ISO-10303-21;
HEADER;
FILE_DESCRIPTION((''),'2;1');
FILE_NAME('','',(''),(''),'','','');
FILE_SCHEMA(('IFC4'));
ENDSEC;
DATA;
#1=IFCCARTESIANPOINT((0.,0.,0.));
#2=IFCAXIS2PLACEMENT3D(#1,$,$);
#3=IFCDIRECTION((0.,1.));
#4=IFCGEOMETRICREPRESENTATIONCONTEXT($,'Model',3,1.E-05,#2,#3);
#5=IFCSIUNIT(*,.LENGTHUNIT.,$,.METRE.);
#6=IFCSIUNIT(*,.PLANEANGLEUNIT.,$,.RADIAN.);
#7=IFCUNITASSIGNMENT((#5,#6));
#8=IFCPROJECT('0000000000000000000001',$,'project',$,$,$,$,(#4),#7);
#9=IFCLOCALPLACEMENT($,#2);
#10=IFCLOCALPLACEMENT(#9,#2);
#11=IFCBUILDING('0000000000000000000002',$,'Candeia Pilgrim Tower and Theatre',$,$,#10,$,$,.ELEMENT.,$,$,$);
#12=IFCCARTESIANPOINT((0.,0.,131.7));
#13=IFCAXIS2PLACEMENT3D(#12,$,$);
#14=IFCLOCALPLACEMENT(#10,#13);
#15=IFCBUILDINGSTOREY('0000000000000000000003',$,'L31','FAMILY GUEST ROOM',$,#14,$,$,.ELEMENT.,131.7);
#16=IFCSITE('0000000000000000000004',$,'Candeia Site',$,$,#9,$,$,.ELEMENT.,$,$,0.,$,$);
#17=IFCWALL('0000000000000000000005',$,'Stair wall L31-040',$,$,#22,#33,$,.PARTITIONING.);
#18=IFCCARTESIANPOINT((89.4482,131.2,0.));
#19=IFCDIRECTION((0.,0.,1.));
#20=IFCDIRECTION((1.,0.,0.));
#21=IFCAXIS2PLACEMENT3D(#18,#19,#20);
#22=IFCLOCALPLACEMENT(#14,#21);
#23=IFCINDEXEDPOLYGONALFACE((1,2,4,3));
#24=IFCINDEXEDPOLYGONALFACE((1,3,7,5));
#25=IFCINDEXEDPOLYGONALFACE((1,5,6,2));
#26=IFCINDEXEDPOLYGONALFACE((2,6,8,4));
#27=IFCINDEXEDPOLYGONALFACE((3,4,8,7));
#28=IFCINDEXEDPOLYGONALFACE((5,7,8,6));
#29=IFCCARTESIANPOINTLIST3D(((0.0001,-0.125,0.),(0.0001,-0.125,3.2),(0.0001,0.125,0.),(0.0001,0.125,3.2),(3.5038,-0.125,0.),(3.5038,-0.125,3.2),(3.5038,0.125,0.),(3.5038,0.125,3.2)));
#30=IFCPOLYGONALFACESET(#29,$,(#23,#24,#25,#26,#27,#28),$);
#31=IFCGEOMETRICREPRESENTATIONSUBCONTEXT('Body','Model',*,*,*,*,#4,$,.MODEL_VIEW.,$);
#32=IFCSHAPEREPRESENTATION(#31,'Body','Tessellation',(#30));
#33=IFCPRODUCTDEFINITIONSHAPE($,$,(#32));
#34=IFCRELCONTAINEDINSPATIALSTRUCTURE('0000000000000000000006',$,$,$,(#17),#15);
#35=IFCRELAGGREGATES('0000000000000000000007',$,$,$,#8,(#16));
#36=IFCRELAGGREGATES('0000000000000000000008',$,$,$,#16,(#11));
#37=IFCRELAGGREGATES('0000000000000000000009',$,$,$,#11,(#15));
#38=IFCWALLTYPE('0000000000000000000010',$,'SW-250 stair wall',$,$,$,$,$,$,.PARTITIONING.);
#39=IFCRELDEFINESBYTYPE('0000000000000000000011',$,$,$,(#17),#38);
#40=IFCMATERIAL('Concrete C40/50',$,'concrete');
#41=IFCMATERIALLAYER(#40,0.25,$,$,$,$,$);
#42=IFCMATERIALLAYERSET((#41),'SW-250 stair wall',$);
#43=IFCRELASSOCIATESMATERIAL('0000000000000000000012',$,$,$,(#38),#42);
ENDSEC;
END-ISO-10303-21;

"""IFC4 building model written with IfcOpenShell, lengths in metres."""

from ifc_helpers import new_model, si_unit, direction, frame, frame_2d, origin, place, context, subcontext, project, spatial, rectangle, extrude, material, layer, layer_set, type_object, element, save


model = new_model("IFC4")

# Units and contexts
model_context = context("Model", 3, precision=1e-05, world=origin(), true_north=direction((0.0, 1.0)))
body_context = subcontext(model_context, "Body", "Model", "MODEL_VIEW")
ifc_project = project(units=[si_unit("LENGTHUNIT", "METRE"), si_unit("PLANEANGLEUNIT", "RADIAN")], contexts=[model_context])

# Site, building, storey
site_placement = place(None, origin())
site = spatial("IfcSite", under=ifc_project, at=site_placement, Name="Candeia Site", CompositionType="ELEMENT", RefElevation=0.0)
building_placement = place(site_placement, origin())
building = spatial("IfcBuilding", under=site, at=building_placement, Name="Candeia Pilgrim Tower and Theatre", CompositionType="ELEMENT")
storey_placement = place(building_placement, frame((0.0, 0.0, 131.7)))
storey = spatial("IfcBuildingStorey", under=building, at=storey_placement, Name="L31", Description="FAMILY GUEST ROOM", CompositionType="ELEMENT", Elevation=131.7)

# Wall
ifc_material_1 = material(Name="Concrete C40/50", Category="concrete")
ifc_layer_1 = layer(ifc_material_1, 0.25)
ifc_layer_set_1 = layer_set([ifc_layer_1], Name="SW-250 stair wall")
wall_type_1 = type_object("IfcWallType", Name="SW-250 stair wall", PredefinedType="PARTITIONING", material=ifc_layer_set_1)
wall_1_placement = place(storey_placement, frame((89.4482, 131.2, 0.0), z_axis=(0.0, 0.0, 1.0), x_axis=(1.0, 0.0, 0.0)))
element("IfcWall", 1, at=wall_1_placement, inside=storey, type_object=wall_type_1, Name="Stair wall L31-040", PredefinedType="PARTITIONING", context=body_context, shape_type="SweptSolid", body=[
    extrude(rectangle(XDim=3.5037, YDim=0.25, at=frame_2d((1.752, 0.0))), origin(), (0.0, 0.0, 1.0), 3.2),
])

save(model, "model.ifc")
